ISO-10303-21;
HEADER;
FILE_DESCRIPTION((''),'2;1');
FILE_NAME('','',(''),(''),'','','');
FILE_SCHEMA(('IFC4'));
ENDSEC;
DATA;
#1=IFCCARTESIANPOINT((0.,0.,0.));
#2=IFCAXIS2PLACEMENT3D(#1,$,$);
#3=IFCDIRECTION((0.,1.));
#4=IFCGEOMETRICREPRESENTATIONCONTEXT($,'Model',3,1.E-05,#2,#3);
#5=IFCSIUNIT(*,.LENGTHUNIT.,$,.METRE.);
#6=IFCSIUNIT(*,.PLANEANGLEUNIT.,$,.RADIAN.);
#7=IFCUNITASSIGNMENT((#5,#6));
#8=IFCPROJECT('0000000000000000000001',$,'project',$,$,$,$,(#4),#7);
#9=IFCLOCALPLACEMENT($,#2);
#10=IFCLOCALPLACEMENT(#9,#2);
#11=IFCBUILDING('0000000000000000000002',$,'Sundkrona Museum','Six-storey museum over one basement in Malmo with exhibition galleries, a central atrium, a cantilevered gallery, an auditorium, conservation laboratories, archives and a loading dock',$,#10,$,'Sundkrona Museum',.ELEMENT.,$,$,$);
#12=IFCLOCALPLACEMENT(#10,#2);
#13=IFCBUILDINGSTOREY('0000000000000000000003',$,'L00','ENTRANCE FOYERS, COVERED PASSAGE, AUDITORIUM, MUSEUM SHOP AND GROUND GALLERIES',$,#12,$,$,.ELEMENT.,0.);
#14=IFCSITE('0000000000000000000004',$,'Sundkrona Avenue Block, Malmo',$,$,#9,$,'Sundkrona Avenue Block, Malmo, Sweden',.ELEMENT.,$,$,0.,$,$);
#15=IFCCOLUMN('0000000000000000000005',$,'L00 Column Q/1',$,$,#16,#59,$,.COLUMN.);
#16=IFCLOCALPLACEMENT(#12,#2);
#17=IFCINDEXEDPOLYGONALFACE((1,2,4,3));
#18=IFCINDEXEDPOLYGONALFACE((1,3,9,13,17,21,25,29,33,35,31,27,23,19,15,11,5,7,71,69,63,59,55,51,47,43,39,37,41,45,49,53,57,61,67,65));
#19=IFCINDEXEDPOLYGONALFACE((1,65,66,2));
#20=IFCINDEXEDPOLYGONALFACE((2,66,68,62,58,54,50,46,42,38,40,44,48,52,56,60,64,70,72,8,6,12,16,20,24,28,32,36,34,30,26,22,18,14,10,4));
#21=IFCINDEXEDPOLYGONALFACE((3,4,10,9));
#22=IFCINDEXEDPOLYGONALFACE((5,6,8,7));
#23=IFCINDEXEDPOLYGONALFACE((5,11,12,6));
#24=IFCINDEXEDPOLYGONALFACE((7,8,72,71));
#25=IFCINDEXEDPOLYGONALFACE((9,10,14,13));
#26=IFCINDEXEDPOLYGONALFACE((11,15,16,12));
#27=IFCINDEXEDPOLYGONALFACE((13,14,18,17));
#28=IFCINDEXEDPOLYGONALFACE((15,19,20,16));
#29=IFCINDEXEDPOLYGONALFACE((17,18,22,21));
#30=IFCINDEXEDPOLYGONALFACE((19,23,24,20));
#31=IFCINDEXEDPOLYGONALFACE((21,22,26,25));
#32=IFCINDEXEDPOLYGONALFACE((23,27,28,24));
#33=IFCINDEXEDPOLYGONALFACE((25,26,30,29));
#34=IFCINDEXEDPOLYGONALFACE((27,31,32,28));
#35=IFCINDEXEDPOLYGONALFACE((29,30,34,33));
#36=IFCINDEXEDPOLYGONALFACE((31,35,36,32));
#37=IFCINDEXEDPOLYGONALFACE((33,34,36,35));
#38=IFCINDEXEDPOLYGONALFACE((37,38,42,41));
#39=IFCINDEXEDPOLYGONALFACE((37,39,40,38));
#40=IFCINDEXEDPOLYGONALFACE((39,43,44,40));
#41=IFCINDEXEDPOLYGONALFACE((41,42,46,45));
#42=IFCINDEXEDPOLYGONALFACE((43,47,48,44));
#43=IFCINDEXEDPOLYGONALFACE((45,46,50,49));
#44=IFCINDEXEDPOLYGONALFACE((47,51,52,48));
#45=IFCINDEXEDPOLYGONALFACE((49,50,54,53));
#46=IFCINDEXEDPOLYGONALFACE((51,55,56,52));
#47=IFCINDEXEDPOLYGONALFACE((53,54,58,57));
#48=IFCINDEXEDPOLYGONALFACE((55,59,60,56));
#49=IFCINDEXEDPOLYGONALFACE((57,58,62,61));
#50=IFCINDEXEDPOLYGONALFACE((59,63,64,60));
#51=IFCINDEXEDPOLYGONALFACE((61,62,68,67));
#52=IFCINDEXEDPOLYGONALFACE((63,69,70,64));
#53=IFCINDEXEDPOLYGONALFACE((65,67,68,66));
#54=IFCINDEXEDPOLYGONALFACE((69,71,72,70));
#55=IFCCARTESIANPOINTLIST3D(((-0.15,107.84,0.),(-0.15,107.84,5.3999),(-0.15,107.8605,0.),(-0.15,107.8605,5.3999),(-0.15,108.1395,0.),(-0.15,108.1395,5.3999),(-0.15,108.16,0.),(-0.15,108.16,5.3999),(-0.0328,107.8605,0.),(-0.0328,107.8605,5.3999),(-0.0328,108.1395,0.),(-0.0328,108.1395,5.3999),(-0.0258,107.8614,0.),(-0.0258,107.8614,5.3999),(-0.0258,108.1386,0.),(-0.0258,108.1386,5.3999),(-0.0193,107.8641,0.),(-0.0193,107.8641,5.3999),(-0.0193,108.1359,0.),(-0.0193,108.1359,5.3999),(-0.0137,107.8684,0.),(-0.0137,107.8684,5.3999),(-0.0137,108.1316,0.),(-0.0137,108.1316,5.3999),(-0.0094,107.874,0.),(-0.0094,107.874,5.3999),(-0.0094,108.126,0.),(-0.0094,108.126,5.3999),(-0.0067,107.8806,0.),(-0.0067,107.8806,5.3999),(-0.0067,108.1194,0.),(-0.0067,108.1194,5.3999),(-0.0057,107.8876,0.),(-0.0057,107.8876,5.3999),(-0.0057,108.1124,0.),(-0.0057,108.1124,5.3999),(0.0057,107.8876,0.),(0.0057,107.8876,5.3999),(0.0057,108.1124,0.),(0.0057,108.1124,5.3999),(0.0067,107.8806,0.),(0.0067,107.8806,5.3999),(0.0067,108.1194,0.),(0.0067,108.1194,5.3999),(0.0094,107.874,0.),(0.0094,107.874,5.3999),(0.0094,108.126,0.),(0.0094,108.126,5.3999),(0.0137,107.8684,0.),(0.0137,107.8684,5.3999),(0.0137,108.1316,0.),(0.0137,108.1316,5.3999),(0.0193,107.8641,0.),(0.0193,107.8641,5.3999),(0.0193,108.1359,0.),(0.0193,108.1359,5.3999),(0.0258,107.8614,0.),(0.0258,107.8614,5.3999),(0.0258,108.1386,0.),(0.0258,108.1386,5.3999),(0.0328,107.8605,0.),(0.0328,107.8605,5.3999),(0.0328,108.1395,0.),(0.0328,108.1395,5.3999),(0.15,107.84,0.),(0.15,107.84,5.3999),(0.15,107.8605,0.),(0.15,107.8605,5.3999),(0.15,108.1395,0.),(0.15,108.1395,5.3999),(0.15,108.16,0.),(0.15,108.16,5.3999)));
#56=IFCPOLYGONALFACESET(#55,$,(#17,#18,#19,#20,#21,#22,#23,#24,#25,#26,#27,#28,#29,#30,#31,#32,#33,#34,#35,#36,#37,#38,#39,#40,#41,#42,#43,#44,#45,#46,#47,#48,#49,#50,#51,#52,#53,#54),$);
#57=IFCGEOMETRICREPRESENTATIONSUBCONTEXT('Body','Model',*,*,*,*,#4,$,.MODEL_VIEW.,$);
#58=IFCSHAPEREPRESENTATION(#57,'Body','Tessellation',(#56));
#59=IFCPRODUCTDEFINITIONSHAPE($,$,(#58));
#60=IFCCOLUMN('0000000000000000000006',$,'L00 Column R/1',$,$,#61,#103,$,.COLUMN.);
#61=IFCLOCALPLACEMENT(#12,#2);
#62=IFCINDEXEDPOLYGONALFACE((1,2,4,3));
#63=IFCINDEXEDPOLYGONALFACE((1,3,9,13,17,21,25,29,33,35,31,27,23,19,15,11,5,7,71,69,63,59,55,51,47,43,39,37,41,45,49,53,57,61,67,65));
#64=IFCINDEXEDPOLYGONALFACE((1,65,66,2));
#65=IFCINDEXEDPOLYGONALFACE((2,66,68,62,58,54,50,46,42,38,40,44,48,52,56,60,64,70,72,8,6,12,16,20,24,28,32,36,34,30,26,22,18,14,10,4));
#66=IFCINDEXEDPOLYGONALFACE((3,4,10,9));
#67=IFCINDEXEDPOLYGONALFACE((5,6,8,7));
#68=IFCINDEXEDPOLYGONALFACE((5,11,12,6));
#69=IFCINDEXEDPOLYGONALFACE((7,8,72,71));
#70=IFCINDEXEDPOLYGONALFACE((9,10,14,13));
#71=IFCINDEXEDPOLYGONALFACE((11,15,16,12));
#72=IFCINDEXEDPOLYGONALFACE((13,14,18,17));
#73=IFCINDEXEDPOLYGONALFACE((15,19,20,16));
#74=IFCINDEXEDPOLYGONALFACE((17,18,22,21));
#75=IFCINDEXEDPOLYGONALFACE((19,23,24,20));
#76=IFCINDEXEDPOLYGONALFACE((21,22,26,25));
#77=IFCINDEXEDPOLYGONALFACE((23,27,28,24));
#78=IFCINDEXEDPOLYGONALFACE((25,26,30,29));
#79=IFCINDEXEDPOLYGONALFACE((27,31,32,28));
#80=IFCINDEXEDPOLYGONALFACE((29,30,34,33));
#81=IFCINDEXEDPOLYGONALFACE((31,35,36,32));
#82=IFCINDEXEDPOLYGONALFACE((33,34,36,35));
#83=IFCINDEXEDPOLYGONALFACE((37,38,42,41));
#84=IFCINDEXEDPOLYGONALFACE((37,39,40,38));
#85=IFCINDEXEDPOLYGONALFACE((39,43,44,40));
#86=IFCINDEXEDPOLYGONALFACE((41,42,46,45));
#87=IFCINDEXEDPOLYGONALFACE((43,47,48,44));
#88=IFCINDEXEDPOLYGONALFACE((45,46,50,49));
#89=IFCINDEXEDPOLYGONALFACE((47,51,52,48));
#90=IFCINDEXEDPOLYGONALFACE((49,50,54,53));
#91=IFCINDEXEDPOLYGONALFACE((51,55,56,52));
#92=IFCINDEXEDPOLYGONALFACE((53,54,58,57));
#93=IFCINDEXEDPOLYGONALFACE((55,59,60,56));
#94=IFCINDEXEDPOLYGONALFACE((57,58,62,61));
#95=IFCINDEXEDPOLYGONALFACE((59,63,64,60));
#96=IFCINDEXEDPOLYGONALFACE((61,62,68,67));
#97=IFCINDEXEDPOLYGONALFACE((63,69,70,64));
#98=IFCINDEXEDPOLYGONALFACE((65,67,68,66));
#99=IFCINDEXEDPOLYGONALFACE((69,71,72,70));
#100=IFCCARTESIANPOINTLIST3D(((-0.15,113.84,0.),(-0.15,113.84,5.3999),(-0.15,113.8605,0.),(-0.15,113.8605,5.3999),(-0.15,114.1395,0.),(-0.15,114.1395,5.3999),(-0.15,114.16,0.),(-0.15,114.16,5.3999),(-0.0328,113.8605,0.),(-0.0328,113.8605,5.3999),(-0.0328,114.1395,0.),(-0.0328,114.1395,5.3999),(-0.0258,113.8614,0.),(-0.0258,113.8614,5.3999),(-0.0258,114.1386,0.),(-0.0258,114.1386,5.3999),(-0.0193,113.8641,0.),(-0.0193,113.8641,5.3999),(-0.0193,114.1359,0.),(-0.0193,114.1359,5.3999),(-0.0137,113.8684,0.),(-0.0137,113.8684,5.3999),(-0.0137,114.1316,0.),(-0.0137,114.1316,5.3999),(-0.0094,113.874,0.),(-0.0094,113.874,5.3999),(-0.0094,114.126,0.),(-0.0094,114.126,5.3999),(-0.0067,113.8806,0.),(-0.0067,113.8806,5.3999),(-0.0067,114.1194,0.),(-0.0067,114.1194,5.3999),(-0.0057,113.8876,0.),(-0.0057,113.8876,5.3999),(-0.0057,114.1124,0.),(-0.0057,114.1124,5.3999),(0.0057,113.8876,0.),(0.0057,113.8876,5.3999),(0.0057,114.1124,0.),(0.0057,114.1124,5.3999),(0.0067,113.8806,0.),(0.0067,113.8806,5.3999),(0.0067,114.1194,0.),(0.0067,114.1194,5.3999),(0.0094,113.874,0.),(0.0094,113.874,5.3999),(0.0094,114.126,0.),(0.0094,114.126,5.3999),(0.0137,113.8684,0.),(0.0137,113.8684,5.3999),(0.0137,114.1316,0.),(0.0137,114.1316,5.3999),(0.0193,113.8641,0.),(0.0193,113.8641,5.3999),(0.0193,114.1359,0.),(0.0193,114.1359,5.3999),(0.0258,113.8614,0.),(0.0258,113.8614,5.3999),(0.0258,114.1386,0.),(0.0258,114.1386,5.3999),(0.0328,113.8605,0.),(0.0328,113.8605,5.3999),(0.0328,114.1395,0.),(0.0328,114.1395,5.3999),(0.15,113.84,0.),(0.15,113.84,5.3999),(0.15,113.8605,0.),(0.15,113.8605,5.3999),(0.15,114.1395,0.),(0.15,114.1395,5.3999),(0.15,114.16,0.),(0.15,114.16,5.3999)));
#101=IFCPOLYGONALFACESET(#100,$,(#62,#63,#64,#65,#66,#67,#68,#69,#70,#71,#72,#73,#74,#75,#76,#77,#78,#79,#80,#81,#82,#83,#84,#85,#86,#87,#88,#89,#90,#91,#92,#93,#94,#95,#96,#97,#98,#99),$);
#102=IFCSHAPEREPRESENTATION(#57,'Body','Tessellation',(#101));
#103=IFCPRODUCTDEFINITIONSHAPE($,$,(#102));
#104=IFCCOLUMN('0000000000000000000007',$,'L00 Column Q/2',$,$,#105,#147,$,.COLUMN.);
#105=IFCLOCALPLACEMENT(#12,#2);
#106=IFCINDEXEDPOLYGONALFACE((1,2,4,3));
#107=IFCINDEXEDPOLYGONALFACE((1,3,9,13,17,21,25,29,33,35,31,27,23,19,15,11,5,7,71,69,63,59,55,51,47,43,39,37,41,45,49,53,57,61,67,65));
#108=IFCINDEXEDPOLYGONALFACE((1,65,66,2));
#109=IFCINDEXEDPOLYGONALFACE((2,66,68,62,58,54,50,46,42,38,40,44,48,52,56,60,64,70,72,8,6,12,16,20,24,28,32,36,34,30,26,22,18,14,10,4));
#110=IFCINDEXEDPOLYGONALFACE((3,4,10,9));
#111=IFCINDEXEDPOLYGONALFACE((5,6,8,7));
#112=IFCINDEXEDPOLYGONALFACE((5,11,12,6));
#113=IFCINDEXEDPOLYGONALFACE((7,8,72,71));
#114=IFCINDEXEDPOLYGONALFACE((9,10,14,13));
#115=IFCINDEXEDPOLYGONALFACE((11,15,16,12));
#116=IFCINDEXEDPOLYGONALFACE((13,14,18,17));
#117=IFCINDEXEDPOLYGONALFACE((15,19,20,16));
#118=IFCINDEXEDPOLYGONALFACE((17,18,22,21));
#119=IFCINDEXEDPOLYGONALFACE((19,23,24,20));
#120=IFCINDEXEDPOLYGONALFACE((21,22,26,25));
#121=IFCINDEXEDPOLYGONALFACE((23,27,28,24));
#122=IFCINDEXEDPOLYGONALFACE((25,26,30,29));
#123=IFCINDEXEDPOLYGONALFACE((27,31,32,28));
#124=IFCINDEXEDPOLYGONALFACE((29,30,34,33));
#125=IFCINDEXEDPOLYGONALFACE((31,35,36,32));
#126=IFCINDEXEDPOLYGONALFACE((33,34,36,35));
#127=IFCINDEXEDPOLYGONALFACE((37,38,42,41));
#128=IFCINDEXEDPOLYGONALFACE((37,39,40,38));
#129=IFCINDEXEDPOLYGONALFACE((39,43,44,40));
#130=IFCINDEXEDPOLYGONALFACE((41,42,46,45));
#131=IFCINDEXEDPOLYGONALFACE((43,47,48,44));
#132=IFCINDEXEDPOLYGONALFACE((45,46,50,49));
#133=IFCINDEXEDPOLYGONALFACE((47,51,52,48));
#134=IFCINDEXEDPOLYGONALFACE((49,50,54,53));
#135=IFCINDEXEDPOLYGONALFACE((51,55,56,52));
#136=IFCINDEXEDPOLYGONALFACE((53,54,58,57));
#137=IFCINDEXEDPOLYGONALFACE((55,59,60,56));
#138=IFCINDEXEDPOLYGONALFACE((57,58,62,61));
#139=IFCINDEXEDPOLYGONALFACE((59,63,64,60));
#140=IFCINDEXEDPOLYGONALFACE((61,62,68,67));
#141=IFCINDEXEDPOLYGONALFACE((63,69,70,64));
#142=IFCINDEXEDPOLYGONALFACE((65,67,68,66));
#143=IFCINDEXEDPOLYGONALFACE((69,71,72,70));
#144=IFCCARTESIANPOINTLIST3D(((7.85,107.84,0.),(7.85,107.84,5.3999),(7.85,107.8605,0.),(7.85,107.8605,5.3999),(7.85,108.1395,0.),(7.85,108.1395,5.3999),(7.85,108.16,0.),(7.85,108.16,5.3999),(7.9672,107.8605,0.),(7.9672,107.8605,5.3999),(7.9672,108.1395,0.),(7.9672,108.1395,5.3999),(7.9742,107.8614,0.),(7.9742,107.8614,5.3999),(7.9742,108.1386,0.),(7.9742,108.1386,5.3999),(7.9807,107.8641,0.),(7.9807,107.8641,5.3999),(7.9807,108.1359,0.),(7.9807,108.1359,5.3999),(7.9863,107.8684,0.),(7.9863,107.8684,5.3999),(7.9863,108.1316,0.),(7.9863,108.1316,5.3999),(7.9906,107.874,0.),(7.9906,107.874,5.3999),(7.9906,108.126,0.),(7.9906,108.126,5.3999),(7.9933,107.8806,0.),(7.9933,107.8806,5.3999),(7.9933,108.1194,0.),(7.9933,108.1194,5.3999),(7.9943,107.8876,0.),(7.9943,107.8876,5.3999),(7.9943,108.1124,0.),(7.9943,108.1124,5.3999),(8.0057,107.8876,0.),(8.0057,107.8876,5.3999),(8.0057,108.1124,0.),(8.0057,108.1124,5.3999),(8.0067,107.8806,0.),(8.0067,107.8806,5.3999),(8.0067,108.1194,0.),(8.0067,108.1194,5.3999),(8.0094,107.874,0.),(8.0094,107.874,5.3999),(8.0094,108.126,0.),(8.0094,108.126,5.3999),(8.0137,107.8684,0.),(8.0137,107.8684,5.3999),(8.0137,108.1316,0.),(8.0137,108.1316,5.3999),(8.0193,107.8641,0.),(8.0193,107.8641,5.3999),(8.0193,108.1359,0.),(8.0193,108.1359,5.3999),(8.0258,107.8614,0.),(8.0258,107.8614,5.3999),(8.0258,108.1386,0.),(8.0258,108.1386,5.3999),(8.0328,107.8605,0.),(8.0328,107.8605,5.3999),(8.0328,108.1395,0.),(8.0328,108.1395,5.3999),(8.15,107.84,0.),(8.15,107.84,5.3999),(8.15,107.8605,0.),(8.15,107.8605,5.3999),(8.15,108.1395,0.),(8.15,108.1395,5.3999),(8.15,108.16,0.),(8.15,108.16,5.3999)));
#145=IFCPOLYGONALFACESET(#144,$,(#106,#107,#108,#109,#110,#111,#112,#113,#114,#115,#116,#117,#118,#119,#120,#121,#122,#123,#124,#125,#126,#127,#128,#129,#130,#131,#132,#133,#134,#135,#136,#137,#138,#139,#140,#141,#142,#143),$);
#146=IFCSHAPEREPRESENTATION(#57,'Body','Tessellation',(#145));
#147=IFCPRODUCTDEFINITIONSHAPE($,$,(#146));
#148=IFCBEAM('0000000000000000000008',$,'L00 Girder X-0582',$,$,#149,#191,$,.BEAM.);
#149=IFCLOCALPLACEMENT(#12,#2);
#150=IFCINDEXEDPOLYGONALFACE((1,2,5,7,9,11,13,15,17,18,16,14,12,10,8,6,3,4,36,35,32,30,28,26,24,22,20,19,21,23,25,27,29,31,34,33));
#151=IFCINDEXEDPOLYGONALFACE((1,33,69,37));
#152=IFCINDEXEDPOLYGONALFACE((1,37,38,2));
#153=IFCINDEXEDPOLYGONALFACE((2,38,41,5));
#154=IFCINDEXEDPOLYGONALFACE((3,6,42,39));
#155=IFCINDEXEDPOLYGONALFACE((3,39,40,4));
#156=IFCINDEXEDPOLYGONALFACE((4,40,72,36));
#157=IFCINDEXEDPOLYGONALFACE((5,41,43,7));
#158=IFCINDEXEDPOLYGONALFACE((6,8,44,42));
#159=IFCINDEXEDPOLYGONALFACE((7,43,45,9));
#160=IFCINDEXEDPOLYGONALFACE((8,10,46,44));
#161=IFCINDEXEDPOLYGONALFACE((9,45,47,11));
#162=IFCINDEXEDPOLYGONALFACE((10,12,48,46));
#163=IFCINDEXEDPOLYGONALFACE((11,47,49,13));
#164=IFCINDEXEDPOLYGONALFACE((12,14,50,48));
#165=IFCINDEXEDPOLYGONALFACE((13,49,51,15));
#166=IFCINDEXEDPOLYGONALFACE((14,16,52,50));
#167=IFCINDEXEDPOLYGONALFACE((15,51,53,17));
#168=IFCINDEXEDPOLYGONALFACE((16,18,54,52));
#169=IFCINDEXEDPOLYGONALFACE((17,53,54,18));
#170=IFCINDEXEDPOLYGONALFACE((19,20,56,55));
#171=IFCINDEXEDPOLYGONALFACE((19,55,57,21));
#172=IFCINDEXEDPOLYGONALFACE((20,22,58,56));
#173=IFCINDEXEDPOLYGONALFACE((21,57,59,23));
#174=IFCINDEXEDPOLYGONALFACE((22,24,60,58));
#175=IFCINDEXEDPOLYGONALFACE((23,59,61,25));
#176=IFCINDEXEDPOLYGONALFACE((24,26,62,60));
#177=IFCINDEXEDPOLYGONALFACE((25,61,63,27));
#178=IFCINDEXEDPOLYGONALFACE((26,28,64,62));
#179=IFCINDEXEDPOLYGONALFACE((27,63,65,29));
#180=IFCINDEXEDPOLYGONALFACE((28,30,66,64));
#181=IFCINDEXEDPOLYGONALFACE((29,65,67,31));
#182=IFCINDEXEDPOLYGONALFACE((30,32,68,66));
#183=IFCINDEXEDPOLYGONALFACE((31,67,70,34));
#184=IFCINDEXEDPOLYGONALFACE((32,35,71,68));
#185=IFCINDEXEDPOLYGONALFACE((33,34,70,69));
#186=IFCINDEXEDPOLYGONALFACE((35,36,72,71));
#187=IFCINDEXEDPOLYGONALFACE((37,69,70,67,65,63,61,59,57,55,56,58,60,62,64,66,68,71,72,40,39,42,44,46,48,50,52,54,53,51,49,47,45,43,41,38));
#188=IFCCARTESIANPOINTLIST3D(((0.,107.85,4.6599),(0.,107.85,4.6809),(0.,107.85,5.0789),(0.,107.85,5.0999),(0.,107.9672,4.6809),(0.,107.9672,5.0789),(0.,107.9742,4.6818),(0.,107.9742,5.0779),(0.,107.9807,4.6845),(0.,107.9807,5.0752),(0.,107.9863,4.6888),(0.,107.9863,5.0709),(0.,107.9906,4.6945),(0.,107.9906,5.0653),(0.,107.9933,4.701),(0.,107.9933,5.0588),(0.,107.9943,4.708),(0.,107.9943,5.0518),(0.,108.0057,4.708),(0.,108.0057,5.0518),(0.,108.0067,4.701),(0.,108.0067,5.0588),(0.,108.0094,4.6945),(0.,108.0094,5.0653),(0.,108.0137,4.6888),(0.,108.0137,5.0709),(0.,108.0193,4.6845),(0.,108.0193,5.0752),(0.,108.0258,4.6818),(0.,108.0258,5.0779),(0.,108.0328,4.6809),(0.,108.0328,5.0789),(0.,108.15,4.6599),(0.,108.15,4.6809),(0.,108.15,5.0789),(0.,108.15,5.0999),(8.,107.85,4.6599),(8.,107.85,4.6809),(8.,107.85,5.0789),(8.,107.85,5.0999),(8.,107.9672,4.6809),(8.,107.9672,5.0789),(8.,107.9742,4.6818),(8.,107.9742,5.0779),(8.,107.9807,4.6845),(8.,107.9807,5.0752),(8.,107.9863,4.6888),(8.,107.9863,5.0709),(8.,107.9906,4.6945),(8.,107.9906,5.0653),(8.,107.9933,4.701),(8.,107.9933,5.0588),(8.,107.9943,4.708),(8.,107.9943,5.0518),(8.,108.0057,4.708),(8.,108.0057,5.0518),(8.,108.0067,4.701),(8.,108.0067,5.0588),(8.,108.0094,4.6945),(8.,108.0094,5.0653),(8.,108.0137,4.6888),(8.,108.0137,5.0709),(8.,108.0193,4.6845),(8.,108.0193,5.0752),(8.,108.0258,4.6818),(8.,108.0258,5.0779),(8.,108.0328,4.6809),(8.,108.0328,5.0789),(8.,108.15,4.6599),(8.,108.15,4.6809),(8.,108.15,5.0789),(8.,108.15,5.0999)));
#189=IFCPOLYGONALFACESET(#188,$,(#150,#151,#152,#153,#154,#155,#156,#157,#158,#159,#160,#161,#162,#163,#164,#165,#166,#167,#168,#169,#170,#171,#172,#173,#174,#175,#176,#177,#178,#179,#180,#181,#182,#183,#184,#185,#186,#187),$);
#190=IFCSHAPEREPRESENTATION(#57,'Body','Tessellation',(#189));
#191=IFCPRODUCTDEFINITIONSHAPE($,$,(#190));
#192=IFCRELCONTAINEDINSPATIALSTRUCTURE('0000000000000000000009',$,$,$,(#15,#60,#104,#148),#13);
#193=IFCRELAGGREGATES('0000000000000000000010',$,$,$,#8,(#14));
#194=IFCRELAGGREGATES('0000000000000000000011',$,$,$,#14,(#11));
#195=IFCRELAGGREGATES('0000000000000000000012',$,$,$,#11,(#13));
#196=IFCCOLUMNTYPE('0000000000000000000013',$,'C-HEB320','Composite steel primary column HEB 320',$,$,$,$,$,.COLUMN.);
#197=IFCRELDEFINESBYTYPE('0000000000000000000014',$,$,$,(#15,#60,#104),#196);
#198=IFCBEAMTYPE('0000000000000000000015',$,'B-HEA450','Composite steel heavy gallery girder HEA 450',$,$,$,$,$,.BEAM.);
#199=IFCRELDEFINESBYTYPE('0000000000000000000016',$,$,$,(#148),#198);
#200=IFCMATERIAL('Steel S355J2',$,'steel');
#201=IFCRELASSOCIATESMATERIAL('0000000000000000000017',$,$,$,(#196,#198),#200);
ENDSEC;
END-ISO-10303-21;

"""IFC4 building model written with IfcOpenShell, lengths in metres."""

from ifc_helpers import new_model, si_unit, direction, frame, origin, origin_2d, place, context, subcontext, project, spatial, i_section, extrude, material, material_profile, profile_set, type_object, element, save


model = new_model("IFC4")

# Units and contexts
model_context = context("Model", 3, precision=1e-05, world=origin(), true_north=direction((0.0, 1.0)))
body_context = subcontext(model_context, "Body", "Model", "MODEL_VIEW")
ifc_project = project(units=[si_unit("LENGTHUNIT", "METRE"), si_unit("PLANEANGLEUNIT", "RADIAN")], contexts=[model_context])

# Site, building, storey
site_placement = place(None, origin())
site = spatial("IfcSite", under=ifc_project, at=site_placement, Name="Sundkrona Avenue Block, Malmo", LongName="Sundkrona Avenue Block, Malmo, Sweden", CompositionType="ELEMENT", RefElevation=0.0)
building_placement = place(site_placement, origin())
building = spatial("IfcBuilding", under=site, at=building_placement, Name="Sundkrona Museum", Description="Six-storey museum over one basement in Malmo with exhibition galleries, a central atrium, a cantilevered gallery, an auditorium, conservation laboratories, archives and a loading dock", LongName="Sundkrona Museum", CompositionType="ELEMENT")
storey_placement = place(building_placement, origin())
storey = spatial("IfcBuildingStorey", under=building, at=storey_placement, Name="L00", Description="ENTRANCE FOYERS, COVERED PASSAGE, AUDITORIUM, MUSEUM SHOP AND GROUND GALLERIES", CompositionType="ELEMENT", Elevation=0.0)

# Columns
ifc_material_1 = material(Name="Steel S355J2", Category="steel")
ifc_material_profile_1 = material_profile(ifc_material_1, i_section(OverallWidth=0.3, OverallDepth=0.3201, WebThickness=0.0115, FlangeThickness=0.0205, FilletRadius=0.0271, at=origin_2d()), Name="HEB 320")
ifc_profile_set_1 = profile_set([ifc_material_profile_1], Name="Steel S355J2")
column_type = type_object("IfcColumnType", Name="C-HEB320", Description="Composite steel primary column HEB 320", PredefinedType="COLUMN", material=ifc_profile_set_1)
for number, where, z_axis, x_axis, name in (
    (1, (0.0, 108.0, 0.0), (0.0, 0.0, 1.0), (1.0, 0.0, 0.0), "L00 Column Q/1"),
    (2, (0.0, 114.0, 0.0), (0.0, 0.0, 1.0), (1.0, 0.0, 0.0), "L00 Column R/1"),
    (3, (8.0, 108.0, 0.0), (0.0, 0.0, 1.0), (1.0, 0.0, 0.0), "L00 Column Q/2"),
):
    element("IfcColumn", number, at=place(storey_placement, frame(where, z_axis=z_axis, x_axis=x_axis)), inside=storey, type_object=column_type, Name=name, PredefinedType="COLUMN", context=body_context, shape_type="SweptSolid", body=[
        extrude(i_section(OverallWidth=0.3, OverallDepth=0.3201, WebThickness=0.0115, FlangeThickness=0.0205, FilletRadius=0.0271, at=origin_2d()), origin(), (0.0, 0.0, 1.0), 5.3999),
    ])

# Beam
ifc_material_profile_2 = material_profile(ifc_material_1, i_section(OverallWidth=0.3, OverallDepth=0.4399, WebThickness=0.0115, FlangeThickness=0.021, FilletRadius=0.0271, at=origin_2d()), Name="HEA 450")
ifc_profile_set_2 = profile_set([ifc_material_profile_2], Name="Steel S355J2")
beam_type_1 = type_object("IfcBeamType", Name="B-HEA450", Description="Composite steel heavy gallery girder HEA 450", PredefinedType="BEAM", material=ifc_profile_set_2)
for number, where, z_axis, x_axis, name in (
    (4, (0.0, 108.0, 4.8799), (1.0, 0.0, 0.0), (0.0, 1.0, 0.0), "L00 Girder X-0582"),
):
    element("IfcBeam", number, at=place(storey_placement, frame(where, z_axis=z_axis, x_axis=x_axis)), inside=storey, type_object=beam_type_1, Name=name, PredefinedType="BEAM", context=body_context, shape_type="SweptSolid", body=[
        extrude(i_section(OverallWidth=0.3, OverallDepth=0.4399, WebThickness=0.0115, FlangeThickness=0.021, FilletRadius=0.0271, at=origin_2d()), origin(), (0.0, 0.0, 1.0), 8.0),
    ])

save(model, "model.ifc")
